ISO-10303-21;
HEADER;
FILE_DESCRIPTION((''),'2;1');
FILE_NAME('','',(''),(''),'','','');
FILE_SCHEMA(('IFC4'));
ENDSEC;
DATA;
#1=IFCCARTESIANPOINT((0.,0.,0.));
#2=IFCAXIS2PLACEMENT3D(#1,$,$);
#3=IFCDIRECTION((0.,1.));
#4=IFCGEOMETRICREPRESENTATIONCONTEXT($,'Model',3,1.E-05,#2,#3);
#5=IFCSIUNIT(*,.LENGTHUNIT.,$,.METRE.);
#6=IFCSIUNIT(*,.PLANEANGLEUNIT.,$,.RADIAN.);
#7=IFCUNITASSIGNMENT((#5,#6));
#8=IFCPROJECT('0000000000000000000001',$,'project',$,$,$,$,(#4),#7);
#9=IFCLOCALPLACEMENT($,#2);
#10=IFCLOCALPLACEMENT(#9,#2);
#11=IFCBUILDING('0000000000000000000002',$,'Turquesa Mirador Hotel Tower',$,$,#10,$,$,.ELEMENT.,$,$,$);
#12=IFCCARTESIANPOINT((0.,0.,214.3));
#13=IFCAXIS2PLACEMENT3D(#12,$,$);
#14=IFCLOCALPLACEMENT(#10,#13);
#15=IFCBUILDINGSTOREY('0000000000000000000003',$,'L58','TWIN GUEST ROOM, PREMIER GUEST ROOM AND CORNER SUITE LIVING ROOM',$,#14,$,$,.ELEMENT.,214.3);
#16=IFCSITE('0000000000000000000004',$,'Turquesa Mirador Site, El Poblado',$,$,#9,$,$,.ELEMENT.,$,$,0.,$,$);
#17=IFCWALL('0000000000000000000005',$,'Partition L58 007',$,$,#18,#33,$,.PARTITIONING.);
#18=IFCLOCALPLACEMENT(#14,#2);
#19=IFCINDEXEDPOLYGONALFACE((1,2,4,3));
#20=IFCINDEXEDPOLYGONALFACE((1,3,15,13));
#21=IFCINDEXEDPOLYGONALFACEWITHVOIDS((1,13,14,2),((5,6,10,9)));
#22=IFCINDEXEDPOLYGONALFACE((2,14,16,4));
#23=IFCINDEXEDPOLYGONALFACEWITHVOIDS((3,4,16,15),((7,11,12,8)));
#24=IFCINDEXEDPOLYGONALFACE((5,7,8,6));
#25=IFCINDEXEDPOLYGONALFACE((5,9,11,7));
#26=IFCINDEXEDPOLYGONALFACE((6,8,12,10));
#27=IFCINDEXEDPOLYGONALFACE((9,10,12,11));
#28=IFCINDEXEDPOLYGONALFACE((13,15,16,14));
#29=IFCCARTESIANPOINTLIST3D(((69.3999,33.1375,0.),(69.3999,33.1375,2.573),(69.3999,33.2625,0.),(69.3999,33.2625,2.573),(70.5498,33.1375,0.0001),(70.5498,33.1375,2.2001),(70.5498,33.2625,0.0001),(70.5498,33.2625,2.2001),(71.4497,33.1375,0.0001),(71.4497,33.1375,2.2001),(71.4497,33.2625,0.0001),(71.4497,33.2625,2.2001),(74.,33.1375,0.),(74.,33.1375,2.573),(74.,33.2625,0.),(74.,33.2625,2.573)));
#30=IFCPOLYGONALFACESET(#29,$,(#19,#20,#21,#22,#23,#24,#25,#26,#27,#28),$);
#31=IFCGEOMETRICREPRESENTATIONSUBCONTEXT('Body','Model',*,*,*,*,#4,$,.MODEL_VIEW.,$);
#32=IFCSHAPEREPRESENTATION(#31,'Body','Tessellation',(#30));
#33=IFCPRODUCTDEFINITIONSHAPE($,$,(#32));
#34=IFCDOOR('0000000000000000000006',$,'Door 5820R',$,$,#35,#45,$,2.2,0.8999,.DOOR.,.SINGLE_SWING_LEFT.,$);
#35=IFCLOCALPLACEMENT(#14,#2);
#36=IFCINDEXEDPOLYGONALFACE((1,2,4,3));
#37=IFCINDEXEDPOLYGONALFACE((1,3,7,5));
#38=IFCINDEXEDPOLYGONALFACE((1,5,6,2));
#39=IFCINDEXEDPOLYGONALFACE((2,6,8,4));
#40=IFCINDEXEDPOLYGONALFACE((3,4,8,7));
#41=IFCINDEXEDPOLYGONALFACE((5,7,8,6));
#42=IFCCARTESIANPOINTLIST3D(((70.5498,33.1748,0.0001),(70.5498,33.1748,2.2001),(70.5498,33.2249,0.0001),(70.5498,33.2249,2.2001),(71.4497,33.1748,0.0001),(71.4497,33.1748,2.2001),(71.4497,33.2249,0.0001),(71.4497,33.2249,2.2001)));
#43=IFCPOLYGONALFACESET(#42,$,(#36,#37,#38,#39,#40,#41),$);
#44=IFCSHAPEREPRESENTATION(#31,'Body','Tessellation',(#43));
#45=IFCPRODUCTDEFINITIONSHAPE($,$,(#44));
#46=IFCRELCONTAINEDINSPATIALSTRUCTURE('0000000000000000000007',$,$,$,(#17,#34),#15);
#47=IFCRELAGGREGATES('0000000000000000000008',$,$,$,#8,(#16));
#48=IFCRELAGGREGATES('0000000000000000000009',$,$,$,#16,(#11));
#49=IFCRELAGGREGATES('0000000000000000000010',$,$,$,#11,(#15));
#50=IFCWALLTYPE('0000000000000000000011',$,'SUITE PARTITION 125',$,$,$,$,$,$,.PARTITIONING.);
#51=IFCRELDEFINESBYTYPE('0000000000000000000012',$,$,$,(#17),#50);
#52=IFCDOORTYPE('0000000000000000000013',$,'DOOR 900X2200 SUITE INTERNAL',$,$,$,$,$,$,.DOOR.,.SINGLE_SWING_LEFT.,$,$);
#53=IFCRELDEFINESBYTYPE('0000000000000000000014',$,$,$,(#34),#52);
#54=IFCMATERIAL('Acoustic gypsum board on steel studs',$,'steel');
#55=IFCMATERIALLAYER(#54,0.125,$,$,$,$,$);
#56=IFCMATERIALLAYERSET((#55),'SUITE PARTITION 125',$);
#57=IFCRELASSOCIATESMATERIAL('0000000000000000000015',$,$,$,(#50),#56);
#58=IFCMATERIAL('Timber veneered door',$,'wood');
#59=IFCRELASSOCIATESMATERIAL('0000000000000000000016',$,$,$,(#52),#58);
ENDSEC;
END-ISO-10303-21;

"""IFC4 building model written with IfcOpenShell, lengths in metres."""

from ifc_helpers import new_model, si_unit, direction, frame, frame_2d, origin, place, context, subcontext, project, spatial, rectangle, extrude, material, layer, layer_set, type_object, element, fill, save


model = new_model("IFC4")

# Units and contexts
model_context = context("Model", 3, precision=1e-05, world=origin(), true_north=direction((0.0, 1.0)))
body_context = subcontext(model_context, "Body", "Model", "MODEL_VIEW")
ifc_project = project(units=[si_unit("LENGTHUNIT", "METRE"), si_unit("PLANEANGLEUNIT", "RADIAN")], contexts=[model_context])

# Site, building, storey
site_placement = place(None, origin())
site = spatial("IfcSite", under=ifc_project, at=site_placement, Name="Turquesa Mirador Site, El Poblado", CompositionType="ELEMENT", RefElevation=0.0)
building_placement = place(site_placement, origin())
building = spatial("IfcBuilding", under=site, at=building_placement, Name="Turquesa Mirador Hotel Tower", CompositionType="ELEMENT")
storey_placement = place(building_placement, frame((0.0, 0.0, 214.3)))
storey = spatial("IfcBuildingStorey", under=building, at=storey_placement, Name="L58", Description="TWIN GUEST ROOM, PREMIER GUEST ROOM AND CORNER SUITE LIVING ROOM", CompositionType="ELEMENT", Elevation=214.3)

# Wall, opening, door
ifc_material_1 = material(Name="Acoustic gypsum board on steel studs", Category="steel")
ifc_layer_1 = layer(ifc_material_1, 0.125)
ifc_layer_set_1 = layer_set([ifc_layer_1], Name="SUITE PARTITION 125")
wall_type_1 = type_object("IfcWallType", Name="SUITE PARTITION 125", PredefinedType="PARTITIONING", material=ifc_layer_set_1)
wall_1_placement = place(storey_placement, frame((69.3999, 33.2, 0.0), z_axis=(0.0, 0.0, 1.0), x_axis=(1.0, 0.0, 0.0)))
wall_1 = element("IfcWall", 1, at=wall_1_placement, inside=storey, type_object=wall_type_1, Name="Partition L58 007", PredefinedType="PARTITIONING", context=body_context, shape_type="SweptSolid", body=[
    extrude(rectangle(XDim=4.6001, YDim=0.125, at=frame_2d((2.3, 0.0))), origin(), (0.0, 0.0, 1.0), 2.573),
])
opening_1_placement = place(wall_1_placement, frame((1.1499, 0.0, 0.0)))
opening_1 = element("IfcOpeningElement", 2, at=opening_1_placement, cuts=wall_1, PredefinedType="OPENING", context=body_context, shape_type="SweptSolid", body=[
    extrude(rectangle(XDim=0.8999, YDim=2.2, at=frame_2d((0.45, 1.1001))), frame((0.0, 0.0725, 0.0), z_axis=(0.0, -1.0, 0.0), x_axis=(1.0, 0.0, 0.0)), (0.0, 0.0, 1.0), 0.145),
])
ifc_material_2 = material(Name="Timber veneered door", Category="wood")
door_type_1 = type_object("IfcDoorType", Name="DOOR 900X2200 SUITE INTERNAL", OperationType="SINGLE_SWING_LEFT", PredefinedType="DOOR", material=ifc_material_2)
door_1_placement = place(opening_1_placement, origin())
door_1 = element("IfcDoor", 3, at=door_1_placement, inside=storey, type_object=door_type_1, Name="Door 5820R", OperationType="SINGLE_SWING_LEFT", OverallHeight=2.2, OverallWidth=0.8999, PredefinedType="DOOR", context=body_context, shape_type="SweptSolid", body=[
    extrude(rectangle(XDim=0.8999, YDim=2.2, at=frame_2d((0.45, 1.1001))), frame((0.0, 0.0249, 0.0), z_axis=(0.0, -1.0, 0.0), x_axis=(1.0, 0.0, 0.0)), (0.0, 0.0, 1.0), 0.05),
])
fill(opening_1, door_1)

save(model, "model.ifc")
